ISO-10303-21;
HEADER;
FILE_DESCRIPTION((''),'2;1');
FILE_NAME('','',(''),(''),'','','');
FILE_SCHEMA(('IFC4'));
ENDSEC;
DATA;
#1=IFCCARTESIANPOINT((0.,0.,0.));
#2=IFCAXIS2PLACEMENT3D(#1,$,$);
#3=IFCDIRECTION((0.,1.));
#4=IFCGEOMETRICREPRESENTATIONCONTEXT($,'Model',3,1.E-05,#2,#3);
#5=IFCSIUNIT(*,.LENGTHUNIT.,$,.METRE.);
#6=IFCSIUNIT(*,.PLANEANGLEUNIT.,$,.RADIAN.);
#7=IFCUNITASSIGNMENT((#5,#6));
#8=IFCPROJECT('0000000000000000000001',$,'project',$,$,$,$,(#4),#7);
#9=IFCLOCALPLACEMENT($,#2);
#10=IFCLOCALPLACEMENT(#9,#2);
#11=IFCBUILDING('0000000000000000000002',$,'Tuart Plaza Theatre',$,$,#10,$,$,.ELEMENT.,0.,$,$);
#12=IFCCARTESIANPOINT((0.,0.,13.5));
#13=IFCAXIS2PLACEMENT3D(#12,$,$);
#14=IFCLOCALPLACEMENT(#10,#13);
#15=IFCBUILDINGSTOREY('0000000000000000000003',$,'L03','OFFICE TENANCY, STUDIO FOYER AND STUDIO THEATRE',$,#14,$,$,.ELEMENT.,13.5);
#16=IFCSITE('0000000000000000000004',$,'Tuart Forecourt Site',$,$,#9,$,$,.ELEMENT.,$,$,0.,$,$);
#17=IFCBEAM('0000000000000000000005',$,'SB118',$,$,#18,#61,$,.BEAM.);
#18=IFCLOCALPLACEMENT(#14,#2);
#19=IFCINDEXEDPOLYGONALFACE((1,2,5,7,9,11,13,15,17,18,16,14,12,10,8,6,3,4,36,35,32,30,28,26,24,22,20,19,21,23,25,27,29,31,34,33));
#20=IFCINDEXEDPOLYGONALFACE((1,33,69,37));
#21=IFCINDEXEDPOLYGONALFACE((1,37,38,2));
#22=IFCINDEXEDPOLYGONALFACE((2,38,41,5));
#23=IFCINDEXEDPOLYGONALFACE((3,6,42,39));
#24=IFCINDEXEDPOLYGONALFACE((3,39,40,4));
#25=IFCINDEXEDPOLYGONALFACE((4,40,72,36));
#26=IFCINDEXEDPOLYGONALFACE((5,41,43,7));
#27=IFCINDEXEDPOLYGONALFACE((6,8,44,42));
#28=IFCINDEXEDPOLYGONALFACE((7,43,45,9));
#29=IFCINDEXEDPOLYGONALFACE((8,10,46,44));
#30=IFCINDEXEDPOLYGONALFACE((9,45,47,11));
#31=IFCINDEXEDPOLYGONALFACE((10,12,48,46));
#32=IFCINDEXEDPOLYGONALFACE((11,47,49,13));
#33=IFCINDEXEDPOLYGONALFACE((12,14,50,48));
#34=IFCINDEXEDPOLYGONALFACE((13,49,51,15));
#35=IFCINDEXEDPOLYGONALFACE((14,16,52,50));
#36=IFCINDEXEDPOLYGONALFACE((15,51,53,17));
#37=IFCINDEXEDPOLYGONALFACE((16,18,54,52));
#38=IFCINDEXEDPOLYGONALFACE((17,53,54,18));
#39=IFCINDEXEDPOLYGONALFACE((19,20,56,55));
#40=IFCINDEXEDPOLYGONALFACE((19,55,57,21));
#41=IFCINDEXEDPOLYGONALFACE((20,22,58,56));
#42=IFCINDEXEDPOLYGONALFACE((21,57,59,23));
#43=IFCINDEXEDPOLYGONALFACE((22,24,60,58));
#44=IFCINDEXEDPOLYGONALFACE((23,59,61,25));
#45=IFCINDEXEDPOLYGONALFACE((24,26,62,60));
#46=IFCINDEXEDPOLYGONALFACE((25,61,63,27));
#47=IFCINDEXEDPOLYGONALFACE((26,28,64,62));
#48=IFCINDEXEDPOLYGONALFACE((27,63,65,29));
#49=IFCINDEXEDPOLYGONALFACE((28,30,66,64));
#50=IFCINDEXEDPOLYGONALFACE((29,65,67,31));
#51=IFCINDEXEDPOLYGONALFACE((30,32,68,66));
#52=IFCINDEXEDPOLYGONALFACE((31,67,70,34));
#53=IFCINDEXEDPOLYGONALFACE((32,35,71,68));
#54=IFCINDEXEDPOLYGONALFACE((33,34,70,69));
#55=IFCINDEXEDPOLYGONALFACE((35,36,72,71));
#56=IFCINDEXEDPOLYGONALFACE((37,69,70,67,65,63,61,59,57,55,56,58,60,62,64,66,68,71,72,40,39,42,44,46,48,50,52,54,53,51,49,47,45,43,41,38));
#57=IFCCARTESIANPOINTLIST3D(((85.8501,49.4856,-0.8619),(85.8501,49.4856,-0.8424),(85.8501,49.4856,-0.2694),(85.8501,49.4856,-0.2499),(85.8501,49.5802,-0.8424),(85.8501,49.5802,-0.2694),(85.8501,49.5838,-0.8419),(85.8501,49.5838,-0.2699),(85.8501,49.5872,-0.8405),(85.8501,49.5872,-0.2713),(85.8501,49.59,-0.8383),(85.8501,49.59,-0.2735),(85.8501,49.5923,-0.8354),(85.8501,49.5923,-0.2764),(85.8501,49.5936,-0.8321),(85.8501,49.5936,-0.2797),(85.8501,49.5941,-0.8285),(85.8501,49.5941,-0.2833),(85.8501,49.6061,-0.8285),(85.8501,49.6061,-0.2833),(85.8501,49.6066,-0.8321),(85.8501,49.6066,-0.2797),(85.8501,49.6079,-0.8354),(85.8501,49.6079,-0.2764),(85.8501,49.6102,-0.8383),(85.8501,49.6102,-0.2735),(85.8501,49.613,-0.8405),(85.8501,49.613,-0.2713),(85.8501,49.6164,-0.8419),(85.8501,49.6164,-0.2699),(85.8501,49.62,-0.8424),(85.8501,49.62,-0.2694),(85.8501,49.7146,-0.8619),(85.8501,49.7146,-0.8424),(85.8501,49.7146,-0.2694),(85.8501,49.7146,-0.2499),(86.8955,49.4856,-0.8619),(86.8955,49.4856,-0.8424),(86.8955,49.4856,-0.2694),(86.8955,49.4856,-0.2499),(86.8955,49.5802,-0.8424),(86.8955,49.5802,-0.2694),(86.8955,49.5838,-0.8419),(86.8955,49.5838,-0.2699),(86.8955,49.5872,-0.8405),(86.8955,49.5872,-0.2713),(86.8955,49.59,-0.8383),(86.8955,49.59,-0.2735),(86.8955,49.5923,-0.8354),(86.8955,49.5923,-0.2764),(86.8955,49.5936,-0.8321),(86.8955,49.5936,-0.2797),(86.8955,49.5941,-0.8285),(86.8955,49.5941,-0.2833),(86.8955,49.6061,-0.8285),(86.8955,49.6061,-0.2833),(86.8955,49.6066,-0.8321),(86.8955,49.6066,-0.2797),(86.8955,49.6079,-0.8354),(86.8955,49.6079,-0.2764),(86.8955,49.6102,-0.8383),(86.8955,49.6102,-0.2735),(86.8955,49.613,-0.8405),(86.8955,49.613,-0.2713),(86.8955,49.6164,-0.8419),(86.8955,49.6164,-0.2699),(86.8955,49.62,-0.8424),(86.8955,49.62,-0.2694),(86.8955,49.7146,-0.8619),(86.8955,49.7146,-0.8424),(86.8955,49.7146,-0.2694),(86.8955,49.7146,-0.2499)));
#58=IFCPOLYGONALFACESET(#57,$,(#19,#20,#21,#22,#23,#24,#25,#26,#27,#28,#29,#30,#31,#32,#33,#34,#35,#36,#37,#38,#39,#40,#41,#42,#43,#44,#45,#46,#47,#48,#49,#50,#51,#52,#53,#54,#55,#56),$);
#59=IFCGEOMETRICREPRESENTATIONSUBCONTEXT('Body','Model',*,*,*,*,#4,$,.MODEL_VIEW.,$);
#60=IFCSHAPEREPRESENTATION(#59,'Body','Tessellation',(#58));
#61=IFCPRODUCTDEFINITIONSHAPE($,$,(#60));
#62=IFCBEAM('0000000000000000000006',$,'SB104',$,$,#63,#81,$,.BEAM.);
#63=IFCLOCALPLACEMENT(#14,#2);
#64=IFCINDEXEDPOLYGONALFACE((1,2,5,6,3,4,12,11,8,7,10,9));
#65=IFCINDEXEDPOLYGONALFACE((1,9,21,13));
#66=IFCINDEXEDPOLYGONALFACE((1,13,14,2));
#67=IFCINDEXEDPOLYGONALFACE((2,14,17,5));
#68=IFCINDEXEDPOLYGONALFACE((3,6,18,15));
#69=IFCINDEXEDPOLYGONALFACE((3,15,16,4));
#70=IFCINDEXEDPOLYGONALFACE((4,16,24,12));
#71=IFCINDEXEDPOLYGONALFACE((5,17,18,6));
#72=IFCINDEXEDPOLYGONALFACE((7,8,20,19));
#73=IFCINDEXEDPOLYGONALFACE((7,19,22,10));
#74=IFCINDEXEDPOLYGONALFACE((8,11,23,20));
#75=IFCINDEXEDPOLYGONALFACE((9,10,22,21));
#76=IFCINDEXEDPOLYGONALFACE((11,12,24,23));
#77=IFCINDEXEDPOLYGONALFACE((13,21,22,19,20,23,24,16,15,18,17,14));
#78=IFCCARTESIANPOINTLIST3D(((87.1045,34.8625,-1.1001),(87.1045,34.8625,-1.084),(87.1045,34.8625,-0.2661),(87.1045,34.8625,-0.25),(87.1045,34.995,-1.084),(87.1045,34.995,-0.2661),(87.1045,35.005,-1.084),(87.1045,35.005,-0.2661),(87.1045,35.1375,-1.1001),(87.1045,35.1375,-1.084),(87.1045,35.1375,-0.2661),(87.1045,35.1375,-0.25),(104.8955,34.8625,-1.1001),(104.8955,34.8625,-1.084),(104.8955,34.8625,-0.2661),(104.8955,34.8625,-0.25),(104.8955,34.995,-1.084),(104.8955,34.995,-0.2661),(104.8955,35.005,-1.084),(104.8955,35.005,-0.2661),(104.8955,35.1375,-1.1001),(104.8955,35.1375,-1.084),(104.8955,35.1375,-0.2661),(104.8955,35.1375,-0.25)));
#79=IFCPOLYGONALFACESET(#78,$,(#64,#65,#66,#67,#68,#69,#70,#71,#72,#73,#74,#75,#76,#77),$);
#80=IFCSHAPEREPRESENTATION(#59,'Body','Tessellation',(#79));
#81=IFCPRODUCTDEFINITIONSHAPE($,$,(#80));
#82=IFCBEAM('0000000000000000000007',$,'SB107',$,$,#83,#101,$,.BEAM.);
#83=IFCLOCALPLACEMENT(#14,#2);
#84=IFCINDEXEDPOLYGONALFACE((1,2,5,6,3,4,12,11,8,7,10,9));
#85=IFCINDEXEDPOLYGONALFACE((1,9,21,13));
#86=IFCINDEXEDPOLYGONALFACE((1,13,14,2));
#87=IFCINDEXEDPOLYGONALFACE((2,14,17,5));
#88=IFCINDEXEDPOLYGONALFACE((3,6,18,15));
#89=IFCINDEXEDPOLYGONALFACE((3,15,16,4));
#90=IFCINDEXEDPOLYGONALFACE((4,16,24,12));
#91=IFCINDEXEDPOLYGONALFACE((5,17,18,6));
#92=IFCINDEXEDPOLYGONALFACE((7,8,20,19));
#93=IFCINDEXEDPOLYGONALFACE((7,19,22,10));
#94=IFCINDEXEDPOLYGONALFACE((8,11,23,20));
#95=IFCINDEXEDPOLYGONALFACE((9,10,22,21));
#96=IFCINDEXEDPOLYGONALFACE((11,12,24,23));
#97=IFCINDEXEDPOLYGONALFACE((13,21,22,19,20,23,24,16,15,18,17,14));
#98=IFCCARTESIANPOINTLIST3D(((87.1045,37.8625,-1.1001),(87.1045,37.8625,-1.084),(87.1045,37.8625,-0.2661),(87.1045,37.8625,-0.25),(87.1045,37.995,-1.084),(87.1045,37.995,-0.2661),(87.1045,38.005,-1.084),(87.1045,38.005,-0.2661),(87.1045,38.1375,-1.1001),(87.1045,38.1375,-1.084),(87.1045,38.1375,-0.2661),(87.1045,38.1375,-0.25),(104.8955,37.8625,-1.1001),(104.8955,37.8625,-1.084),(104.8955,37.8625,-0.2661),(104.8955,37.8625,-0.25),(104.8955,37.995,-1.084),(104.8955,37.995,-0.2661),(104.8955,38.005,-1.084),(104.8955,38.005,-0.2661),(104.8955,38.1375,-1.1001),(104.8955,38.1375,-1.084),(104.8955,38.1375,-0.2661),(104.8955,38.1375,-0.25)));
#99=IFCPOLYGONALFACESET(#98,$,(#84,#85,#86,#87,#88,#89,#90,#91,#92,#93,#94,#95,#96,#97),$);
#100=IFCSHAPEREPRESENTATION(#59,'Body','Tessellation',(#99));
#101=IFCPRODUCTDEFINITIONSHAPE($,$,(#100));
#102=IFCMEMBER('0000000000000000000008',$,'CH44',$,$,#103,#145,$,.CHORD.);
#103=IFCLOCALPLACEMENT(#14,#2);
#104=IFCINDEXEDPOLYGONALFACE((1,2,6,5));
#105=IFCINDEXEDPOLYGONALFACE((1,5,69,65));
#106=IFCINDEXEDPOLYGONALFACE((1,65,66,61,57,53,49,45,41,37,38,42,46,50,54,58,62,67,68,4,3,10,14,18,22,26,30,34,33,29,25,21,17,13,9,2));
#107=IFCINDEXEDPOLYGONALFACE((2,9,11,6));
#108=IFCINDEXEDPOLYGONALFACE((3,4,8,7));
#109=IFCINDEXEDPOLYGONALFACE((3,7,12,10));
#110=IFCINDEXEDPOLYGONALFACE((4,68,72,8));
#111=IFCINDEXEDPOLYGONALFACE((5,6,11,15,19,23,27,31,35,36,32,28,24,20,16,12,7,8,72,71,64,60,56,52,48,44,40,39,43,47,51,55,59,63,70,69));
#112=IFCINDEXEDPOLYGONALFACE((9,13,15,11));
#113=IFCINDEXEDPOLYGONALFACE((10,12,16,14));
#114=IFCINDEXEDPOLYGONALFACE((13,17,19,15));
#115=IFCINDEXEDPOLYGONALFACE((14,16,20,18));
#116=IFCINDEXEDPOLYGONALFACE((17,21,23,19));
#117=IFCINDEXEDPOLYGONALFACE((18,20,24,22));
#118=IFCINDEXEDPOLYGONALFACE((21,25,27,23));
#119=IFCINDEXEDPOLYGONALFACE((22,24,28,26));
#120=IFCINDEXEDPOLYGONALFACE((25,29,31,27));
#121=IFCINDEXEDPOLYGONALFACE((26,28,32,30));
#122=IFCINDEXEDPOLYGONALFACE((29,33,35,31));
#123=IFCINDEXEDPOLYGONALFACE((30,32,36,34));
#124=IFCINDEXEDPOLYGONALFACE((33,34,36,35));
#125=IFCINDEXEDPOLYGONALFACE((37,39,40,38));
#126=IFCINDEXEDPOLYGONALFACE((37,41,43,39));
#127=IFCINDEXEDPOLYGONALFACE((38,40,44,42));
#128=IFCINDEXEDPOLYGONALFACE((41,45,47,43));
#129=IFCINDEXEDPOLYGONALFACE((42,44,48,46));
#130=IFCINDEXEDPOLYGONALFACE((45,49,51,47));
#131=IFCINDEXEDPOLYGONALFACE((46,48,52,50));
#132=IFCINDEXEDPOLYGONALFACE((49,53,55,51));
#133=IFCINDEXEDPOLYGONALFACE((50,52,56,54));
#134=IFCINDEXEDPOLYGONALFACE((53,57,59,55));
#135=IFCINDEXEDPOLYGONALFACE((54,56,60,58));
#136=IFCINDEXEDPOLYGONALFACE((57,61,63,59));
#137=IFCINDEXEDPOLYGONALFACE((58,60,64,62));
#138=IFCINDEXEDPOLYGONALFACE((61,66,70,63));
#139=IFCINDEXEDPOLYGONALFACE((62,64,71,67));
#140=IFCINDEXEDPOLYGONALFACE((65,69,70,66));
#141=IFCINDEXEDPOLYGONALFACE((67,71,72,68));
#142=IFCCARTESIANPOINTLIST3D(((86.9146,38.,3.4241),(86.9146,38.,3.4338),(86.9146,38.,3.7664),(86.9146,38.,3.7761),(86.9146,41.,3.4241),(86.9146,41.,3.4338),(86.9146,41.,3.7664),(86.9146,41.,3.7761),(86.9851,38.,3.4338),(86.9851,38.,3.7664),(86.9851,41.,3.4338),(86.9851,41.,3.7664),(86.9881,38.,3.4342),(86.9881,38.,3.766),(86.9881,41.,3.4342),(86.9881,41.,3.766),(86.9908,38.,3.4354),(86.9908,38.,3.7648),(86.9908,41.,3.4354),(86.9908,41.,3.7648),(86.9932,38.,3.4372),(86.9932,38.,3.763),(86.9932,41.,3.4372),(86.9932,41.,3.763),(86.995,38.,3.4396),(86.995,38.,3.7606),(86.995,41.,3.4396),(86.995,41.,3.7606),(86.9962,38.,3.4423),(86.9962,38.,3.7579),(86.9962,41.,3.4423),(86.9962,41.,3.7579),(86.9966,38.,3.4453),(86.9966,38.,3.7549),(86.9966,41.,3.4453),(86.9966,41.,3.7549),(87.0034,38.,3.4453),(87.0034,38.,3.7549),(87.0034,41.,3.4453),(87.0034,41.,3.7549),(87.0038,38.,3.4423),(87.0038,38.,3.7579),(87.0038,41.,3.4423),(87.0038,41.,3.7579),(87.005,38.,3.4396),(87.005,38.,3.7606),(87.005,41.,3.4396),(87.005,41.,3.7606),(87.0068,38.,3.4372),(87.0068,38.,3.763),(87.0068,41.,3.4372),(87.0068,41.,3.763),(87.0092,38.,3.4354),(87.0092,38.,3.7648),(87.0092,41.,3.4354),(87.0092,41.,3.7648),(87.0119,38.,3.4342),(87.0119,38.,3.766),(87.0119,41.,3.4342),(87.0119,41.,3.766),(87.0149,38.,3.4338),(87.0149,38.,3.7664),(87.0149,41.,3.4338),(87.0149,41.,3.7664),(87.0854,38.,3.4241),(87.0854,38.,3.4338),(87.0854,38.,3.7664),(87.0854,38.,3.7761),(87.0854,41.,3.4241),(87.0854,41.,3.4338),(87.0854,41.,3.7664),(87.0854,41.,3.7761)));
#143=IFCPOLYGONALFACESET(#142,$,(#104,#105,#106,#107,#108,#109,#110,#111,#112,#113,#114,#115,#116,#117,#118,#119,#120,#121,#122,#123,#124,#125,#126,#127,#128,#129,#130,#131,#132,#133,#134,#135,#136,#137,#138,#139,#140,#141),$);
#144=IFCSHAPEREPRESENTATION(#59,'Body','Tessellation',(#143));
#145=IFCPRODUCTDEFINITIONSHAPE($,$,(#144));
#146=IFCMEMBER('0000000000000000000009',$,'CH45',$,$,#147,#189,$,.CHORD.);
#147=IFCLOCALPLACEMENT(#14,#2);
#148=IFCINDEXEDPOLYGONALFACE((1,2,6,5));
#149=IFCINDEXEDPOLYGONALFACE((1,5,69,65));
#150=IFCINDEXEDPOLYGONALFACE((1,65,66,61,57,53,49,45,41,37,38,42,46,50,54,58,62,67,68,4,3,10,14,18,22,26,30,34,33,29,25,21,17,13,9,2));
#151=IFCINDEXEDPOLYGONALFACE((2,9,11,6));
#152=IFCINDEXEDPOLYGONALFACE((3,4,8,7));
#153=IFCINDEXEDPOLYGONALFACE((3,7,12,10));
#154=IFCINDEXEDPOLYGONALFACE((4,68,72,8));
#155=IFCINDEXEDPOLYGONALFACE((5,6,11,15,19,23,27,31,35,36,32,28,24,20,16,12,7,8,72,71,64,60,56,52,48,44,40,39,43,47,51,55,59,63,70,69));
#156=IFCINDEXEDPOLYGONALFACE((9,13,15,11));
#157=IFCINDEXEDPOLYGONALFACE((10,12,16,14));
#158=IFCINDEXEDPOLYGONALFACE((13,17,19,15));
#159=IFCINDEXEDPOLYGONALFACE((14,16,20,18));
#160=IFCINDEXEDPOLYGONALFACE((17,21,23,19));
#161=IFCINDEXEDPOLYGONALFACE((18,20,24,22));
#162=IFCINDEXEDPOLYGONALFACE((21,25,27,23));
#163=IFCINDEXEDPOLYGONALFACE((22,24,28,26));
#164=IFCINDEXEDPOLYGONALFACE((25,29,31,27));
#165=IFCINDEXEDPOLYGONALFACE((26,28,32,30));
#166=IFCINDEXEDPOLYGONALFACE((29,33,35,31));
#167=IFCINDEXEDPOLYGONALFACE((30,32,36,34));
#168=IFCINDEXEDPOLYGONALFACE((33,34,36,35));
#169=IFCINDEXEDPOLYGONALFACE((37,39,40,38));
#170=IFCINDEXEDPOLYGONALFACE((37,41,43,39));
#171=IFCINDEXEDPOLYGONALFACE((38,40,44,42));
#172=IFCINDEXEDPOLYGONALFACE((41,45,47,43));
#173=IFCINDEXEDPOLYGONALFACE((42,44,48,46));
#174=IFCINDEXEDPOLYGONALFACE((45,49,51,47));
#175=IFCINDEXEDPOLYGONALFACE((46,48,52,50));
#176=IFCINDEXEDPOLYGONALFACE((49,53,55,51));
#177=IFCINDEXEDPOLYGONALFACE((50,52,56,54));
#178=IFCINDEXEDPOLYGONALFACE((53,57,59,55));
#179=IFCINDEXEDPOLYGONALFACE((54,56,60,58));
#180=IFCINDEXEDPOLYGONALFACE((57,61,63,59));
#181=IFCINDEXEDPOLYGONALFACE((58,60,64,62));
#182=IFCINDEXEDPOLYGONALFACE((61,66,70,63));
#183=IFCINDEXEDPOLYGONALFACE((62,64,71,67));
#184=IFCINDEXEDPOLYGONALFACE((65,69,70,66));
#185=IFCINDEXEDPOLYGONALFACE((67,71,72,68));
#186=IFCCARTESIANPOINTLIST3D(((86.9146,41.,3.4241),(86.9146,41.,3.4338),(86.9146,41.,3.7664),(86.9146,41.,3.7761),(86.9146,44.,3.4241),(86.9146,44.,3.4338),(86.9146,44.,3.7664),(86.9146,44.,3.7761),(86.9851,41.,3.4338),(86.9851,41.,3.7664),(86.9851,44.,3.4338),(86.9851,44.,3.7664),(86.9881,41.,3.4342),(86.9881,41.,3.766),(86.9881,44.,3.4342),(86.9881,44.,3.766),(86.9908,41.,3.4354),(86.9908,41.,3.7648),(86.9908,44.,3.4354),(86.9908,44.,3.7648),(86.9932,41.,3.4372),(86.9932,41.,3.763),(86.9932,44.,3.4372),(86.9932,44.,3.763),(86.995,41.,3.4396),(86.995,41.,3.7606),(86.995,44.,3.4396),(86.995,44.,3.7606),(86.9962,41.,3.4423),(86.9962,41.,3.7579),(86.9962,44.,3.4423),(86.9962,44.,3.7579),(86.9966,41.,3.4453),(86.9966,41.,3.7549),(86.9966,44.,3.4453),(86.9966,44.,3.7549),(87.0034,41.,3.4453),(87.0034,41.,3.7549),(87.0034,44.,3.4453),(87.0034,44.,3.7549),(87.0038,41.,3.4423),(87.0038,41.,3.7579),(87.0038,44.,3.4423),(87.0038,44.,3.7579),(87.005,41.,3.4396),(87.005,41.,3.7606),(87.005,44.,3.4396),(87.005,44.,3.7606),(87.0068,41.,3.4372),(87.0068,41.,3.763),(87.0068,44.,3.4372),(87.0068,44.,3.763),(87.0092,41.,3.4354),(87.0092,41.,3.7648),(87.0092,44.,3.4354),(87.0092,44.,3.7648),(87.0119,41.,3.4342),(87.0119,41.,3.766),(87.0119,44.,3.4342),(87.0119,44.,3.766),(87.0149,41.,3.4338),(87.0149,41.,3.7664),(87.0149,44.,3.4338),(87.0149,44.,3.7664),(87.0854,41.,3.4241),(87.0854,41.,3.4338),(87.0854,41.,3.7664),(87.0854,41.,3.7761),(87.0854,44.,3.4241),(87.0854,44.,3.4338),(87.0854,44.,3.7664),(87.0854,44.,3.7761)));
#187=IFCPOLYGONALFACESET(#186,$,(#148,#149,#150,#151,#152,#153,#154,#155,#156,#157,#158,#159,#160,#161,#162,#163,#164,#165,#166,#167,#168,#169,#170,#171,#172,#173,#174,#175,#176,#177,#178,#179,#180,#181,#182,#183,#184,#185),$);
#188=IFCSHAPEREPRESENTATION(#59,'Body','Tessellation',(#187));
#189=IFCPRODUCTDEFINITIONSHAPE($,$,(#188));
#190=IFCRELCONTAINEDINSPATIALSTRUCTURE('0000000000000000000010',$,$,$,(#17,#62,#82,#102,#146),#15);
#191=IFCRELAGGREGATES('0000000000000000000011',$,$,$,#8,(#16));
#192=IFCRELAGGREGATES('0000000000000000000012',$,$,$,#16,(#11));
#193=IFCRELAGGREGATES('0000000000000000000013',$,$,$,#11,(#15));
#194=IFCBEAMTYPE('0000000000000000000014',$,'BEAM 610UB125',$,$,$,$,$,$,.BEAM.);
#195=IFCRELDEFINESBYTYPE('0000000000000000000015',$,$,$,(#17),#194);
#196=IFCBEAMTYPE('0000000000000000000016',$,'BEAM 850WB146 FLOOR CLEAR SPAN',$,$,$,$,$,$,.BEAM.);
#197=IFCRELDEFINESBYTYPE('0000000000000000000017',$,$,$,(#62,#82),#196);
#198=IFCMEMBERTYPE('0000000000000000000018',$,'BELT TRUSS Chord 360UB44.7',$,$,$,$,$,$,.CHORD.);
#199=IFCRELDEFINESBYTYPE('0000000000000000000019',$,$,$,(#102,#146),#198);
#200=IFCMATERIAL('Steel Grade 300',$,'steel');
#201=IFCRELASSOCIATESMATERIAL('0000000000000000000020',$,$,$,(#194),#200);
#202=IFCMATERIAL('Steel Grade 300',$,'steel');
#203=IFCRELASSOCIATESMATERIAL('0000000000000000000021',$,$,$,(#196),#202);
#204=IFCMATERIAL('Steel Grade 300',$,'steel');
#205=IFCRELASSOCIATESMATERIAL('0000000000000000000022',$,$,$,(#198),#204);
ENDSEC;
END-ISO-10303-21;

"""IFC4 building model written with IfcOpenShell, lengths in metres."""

from ifc_helpers import new_model, si_unit, direction, frame, origin, origin_2d, place, context, subcontext, project, spatial, i_section, extrude, material, material_profile, profile_set, type_object, element, save


model = new_model("IFC4")

# Units and contexts
model_context = context("Model", 3, precision=1e-05, world=origin(), true_north=direction((0.0, 1.0)))
body_context = subcontext(model_context, "Body", "Model", "MODEL_VIEW")
ifc_project = project(units=[si_unit("LENGTHUNIT", "METRE"), si_unit("PLANEANGLEUNIT", "RADIAN")], contexts=[model_context])

# Site, building, storey
site_placement = place(None, origin())
site = spatial("IfcSite", under=ifc_project, at=site_placement, Name="Tuart Forecourt Site", CompositionType="ELEMENT", RefElevation=0.0)
building_placement = place(site_placement, origin())
building = spatial("IfcBuilding", under=site, at=building_placement, Name="Tuart Plaza Theatre", CompositionType="ELEMENT", ElevationOfRefHeight=0.0)
storey_placement = place(building_placement, frame((0.0, 0.0, 13.5)))
storey = spatial("IfcBuildingStorey", under=building, at=storey_placement, Name="L03", Description="OFFICE TENANCY, STUDIO FOYER AND STUDIO THEATRE", CompositionType="ELEMENT", Elevation=13.5)

# Beams
ifc_material_1 = material(Name="Steel Grade 300", Category="steel")
ifc_material_profile_1 = material_profile(ifc_material_1, i_section(OverallWidth=0.229, OverallDepth=0.6121, WebThickness=0.012, FlangeThickness=0.0195, FilletRadius=0.0139, at=origin_2d()), Name="610UB125")
ifc_profile_set_1 = profile_set([ifc_material_profile_1], Name="Steel Grade 300")
beam_type_1 = type_object("IfcBeamType", Name="BEAM 610UB125", PredefinedType="BEAM", material=ifc_profile_set_1)
for number, where, z_axis, x_axis, name in (
    (1, (85.8501, 49.6001, -0.5559), (1.0, 0.0, 0.0), (0.0, 1.0, 0.0), "SB118"),
):
    element("IfcBeam", number, at=place(storey_placement, frame(where, z_axis=z_axis, x_axis=x_axis)), inside=storey, type_object=beam_type_1, Name=name, PredefinedType="BEAM", context=body_context, shape_type="SweptSolid", body=[
        extrude(i_section(OverallWidth=0.229, OverallDepth=0.6121, WebThickness=0.012, FlangeThickness=0.0195, FilletRadius=0.0139, at=origin_2d()), origin(), (0.0, 0.0, 1.0), 1.0454),
    ])
ifc_material_2 = material(Name="Steel Grade 300", Category="steel")
ifc_material_profile_2 = material_profile(ifc_material_2, i_section(OverallWidth=0.2749, OverallDepth=0.8501, WebThickness=0.01, FlangeThickness=0.0161, at=origin_2d()), Name="850WB146")
ifc_profile_set_2 = profile_set([ifc_material_profile_2], Name="Steel Grade 300")
beam_type_2 = type_object("IfcBeamType", Name="BEAM 850WB146 FLOOR CLEAR SPAN", PredefinedType="BEAM", material=ifc_profile_set_2)
for number, where, z_axis, x_axis, name in (
    (2, (87.1045, 35.0, -0.675), (1.0, 0.0, 0.0), (0.0, 1.0, 0.0), "SB104"),
    (3, (87.1045, 38.0, -0.675), (1.0, 0.0, 0.0), (0.0, 1.0, 0.0), "SB107"),
):
    element("IfcBeam", number, at=place(storey_placement, frame(where, z_axis=z_axis, x_axis=x_axis)), inside=storey, type_object=beam_type_2, Name=name, PredefinedType="BEAM", context=body_context, shape_type="SweptSolid", body=[
        extrude(i_section(OverallWidth=0.2749, OverallDepth=0.8501, WebThickness=0.01, FlangeThickness=0.0161, at=origin_2d()), origin(), (0.0, 0.0, 1.0), 17.791),
    ])

# Members
ifc_material_3 = material(Name="Steel Grade 300", Category="steel")
ifc_material_profile_3 = material_profile(ifc_material_3, i_section(OverallWidth=0.1709, OverallDepth=0.3521, WebThickness=0.0068, FlangeThickness=0.0098, FilletRadius=0.0115, at=origin_2d()), Name="360UB44.7")
ifc_profile_set_3 = profile_set([ifc_material_profile_3], Name="Steel Grade 300")
member_type_1 = type_object("IfcMemberType", Name="BELT TRUSS Chord 360UB44.7", PredefinedType="CHORD", material=ifc_profile_set_3)
for number, where, z_axis, x_axis, name in (
    (4, (87.0, 38.0, 3.6001), (0.0, 1.0, 0.0), (-1.0, 0.0, 0.0), "CH44"),
    (5, (87.0, 41.0, 3.6001), (0.0, 1.0, 0.0), (-1.0, 0.0, 0.0), "CH45"),
):
    element("IfcMember", number, at=place(storey_placement, frame(where, z_axis=z_axis, x_axis=x_axis)), inside=storey, type_object=member_type_1, Name=name, PredefinedType="CHORD", context=body_context, shape_type="SweptSolid", body=[
        extrude(i_section(OverallWidth=0.1709, OverallDepth=0.3521, WebThickness=0.0068, FlangeThickness=0.0098, FilletRadius=0.0115, at=origin_2d()), origin(), (0.0, 0.0, 1.0), 3.0),
    ])

save(model, "model.ifc")
